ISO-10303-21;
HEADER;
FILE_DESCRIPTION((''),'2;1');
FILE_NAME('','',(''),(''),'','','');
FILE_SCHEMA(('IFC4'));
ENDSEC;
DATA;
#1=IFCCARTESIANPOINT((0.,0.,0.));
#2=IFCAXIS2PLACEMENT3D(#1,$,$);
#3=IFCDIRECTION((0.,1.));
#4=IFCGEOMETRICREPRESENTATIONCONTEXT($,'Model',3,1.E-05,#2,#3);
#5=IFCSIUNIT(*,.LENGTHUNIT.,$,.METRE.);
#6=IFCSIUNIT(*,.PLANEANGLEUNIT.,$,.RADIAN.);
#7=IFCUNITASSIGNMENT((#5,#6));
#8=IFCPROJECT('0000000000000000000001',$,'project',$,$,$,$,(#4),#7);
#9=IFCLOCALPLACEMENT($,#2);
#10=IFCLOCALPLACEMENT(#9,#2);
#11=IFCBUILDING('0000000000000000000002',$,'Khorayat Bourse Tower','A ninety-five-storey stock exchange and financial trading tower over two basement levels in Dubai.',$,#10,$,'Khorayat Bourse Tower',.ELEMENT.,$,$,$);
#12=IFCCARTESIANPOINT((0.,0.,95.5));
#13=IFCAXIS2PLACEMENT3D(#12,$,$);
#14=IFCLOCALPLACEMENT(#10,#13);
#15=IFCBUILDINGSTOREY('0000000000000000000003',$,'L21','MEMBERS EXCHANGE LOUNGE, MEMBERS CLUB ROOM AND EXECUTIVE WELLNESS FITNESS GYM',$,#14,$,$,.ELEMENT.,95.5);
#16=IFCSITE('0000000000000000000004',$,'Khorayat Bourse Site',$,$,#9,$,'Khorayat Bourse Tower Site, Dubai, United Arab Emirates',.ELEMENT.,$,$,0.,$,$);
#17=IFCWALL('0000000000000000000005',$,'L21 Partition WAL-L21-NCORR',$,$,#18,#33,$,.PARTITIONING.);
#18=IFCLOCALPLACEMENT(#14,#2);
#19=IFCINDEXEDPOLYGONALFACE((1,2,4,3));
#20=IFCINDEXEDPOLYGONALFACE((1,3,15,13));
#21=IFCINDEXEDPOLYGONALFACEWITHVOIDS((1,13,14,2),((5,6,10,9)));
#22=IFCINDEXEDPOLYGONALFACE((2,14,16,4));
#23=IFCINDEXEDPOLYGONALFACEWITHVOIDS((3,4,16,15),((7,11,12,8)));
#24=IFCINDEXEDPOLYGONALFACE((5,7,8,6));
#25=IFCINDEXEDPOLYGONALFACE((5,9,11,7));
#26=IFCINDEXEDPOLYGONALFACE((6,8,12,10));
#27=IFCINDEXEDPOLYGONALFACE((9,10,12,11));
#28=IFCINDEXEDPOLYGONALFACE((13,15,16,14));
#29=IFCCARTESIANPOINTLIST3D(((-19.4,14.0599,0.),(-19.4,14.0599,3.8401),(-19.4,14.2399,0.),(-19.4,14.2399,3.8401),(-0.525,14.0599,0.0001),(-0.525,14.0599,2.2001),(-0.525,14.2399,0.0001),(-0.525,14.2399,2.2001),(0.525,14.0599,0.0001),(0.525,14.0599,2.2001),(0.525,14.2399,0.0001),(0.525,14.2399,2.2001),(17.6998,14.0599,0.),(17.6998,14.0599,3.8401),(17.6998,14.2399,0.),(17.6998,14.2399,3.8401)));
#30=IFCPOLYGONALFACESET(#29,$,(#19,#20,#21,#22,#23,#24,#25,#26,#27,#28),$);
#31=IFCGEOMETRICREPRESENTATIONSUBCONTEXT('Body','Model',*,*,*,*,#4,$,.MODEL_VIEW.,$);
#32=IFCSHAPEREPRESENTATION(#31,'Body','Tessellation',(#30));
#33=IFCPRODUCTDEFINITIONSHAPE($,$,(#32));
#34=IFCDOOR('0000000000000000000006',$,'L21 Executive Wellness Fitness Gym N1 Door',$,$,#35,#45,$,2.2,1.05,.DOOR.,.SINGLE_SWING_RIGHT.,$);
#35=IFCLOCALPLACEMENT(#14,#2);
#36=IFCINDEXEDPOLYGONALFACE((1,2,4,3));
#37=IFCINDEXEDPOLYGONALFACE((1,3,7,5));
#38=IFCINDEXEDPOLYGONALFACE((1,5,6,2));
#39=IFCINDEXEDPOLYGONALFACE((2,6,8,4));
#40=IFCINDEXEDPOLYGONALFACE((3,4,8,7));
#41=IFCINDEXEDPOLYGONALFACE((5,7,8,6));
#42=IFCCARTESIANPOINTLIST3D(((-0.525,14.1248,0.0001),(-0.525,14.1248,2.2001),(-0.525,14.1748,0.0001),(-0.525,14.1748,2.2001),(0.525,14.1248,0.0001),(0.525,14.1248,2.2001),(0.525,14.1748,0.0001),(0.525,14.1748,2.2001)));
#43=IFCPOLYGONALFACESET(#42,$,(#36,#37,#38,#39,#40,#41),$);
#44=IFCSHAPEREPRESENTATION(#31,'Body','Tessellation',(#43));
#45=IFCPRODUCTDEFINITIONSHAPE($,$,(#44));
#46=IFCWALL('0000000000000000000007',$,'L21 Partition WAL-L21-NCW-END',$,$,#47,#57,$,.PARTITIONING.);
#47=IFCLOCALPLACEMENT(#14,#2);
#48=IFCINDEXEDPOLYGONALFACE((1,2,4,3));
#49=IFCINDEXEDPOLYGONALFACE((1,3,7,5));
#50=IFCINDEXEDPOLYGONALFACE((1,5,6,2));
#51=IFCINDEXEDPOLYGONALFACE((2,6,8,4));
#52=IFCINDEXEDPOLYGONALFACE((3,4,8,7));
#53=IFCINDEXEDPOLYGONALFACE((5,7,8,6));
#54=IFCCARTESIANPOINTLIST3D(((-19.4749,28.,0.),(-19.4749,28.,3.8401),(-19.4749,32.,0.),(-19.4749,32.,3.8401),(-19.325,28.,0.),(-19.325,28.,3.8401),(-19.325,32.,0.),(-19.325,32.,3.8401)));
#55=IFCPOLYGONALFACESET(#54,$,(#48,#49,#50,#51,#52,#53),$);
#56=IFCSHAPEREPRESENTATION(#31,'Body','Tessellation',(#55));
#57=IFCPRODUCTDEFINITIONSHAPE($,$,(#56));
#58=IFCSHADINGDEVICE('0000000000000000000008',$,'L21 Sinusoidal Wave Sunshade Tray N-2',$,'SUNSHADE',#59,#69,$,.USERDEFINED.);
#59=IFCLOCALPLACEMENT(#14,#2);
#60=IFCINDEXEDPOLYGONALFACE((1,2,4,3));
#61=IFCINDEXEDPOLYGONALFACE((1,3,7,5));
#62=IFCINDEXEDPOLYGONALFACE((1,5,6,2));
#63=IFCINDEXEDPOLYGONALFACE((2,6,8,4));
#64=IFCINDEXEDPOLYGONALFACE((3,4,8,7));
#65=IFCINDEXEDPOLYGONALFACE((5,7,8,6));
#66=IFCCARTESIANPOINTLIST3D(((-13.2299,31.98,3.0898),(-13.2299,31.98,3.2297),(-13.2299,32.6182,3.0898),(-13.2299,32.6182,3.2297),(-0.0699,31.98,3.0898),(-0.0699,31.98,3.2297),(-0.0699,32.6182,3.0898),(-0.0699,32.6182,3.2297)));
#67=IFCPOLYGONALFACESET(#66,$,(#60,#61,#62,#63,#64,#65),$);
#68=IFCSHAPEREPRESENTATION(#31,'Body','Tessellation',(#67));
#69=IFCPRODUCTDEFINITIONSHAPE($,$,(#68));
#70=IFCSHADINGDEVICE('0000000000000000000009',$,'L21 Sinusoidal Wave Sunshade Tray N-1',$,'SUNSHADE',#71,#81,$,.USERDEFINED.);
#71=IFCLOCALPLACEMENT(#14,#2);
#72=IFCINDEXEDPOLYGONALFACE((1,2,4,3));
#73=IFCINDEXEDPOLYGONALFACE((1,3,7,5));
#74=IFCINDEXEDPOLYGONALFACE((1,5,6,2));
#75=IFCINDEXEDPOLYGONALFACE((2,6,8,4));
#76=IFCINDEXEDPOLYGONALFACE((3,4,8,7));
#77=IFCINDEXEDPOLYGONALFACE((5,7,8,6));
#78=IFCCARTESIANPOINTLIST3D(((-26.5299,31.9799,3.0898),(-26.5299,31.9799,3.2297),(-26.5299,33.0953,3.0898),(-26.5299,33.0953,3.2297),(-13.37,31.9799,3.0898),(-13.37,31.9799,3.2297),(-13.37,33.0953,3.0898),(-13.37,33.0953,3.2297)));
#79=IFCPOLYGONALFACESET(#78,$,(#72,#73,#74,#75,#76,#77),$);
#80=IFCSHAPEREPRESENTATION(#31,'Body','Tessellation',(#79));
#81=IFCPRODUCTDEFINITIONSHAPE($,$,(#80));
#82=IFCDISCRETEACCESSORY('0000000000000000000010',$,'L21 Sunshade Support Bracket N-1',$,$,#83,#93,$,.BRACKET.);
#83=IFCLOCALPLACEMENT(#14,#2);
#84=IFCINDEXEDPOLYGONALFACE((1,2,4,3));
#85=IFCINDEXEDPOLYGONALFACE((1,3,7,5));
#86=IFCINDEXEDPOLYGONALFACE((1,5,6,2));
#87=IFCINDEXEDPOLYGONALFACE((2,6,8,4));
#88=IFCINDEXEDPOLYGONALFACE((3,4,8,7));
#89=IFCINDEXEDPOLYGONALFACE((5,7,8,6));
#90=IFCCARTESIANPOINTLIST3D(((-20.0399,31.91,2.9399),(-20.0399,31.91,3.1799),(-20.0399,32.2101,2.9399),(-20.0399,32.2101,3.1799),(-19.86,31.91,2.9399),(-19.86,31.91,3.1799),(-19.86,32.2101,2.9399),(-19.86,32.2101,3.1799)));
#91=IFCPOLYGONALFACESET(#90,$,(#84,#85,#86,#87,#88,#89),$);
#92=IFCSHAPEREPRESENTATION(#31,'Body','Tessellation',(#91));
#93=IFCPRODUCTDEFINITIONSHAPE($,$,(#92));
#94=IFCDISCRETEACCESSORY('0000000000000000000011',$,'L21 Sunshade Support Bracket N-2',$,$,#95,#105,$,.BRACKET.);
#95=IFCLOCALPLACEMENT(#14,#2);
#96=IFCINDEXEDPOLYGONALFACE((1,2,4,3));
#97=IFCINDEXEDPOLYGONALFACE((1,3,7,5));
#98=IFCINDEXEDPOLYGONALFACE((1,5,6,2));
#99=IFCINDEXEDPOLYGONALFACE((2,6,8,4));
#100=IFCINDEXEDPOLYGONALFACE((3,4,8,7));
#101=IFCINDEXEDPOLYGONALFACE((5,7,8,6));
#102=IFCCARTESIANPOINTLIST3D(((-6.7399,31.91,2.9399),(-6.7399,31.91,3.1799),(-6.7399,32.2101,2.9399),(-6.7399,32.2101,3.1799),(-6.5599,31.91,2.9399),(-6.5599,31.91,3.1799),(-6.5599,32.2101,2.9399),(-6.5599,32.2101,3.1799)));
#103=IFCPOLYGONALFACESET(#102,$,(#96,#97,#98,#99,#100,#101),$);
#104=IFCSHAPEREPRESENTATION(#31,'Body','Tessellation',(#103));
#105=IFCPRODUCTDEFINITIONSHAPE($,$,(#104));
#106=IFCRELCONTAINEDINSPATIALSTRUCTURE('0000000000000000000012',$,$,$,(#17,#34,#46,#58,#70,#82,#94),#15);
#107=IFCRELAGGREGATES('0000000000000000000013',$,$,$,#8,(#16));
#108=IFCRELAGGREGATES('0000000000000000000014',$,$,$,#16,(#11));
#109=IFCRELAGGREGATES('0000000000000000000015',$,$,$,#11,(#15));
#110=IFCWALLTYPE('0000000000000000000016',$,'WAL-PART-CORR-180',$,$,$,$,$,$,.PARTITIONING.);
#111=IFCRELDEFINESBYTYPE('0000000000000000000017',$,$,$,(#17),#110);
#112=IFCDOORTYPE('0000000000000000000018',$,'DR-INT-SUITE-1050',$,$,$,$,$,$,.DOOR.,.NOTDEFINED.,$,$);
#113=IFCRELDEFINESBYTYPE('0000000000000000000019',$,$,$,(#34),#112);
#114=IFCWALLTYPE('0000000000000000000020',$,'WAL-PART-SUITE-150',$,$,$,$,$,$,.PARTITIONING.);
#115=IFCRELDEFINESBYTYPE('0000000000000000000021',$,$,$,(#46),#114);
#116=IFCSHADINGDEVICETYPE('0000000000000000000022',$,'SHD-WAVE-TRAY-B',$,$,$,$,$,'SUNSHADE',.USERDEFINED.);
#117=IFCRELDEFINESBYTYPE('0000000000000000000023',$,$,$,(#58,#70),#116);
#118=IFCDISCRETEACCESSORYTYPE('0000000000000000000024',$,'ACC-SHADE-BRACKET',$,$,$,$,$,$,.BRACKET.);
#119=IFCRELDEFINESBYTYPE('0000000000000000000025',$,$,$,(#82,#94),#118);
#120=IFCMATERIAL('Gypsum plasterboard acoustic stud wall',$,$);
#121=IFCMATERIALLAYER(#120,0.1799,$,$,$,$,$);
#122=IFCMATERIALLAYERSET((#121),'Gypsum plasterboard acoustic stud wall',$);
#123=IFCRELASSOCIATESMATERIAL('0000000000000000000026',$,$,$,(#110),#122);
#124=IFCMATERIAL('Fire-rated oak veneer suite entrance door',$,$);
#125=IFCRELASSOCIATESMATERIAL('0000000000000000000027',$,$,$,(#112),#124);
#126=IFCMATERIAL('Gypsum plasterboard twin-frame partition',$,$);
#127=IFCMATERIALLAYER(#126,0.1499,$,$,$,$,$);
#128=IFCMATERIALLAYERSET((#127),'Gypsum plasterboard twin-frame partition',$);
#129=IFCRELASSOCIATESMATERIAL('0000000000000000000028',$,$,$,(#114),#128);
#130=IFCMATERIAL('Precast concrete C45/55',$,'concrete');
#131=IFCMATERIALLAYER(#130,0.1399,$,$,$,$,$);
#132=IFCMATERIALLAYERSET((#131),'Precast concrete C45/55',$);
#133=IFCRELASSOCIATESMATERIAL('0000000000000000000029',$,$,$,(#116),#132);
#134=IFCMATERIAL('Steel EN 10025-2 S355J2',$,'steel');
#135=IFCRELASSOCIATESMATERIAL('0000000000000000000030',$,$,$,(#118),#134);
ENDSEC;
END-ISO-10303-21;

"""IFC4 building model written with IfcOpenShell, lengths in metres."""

from ifc_helpers import new_model, si_unit, direction, frame, frame_2d, origin, origin_2d, place, context, subcontext, project, spatial, rectangle, extrude, source, transform, mapped, material, layer, layer_set, type_object, element, fill, save


model = new_model("IFC4")

# Units and contexts
model_context = context("Model", 3, precision=1e-05, world=origin(), true_north=direction((0.0, 1.0)))
body_context = subcontext(model_context, "Body", "Model", "MODEL_VIEW")
ifc_project = project(units=[si_unit("LENGTHUNIT", "METRE"), si_unit("PLANEANGLEUNIT", "RADIAN")], contexts=[model_context])

# Site, building, storey
site_placement = place(None, origin())
site = spatial("IfcSite", under=ifc_project, at=site_placement, Name="Khorayat Bourse Site", LongName="Khorayat Bourse Tower Site, Dubai, United Arab Emirates", CompositionType="ELEMENT", RefElevation=0.0)
building_placement = place(site_placement, origin())
building = spatial("IfcBuilding", under=site, at=building_placement, Name="Khorayat Bourse Tower", Description="A ninety-five-storey stock exchange and financial trading tower over two basement levels in Dubai.", LongName="Khorayat Bourse Tower", CompositionType="ELEMENT")
storey_placement = place(building_placement, frame((0.0, 0.0, 95.5)))
storey = spatial("IfcBuildingStorey", under=building, at=storey_placement, Name="L21", Description="MEMBERS EXCHANGE LOUNGE, MEMBERS CLUB ROOM AND EXECUTIVE WELLNESS FITNESS GYM", CompositionType="ELEMENT", Elevation=95.5)

# Shared definitions
ifc_material_1 = material(Name="Steel EN 10025-2 S355J2", Category="steel")

# Wall, opening, door
ifc_material_2 = material(Name="Gypsum plasterboard acoustic stud wall")
ifc_layer_1 = layer(ifc_material_2, 0.1799)
ifc_layer_set_1 = layer_set([ifc_layer_1], Name="Gypsum plasterboard acoustic stud wall")
wall_type_1 = type_object("IfcWallType", Name="WAL-PART-CORR-180", PredefinedType="PARTITIONING", material=ifc_layer_set_1)
shared_shape_1 = source(origin(), body_context, "Body", "SweptSolid", [
    extrude(rectangle(XDim=37.0999, YDim=0.1799, at=frame_2d((18.5498, 0.0))), origin(), (0.0, 0.0, 1.0), 3.8401),
])
wall_1_placement = place(storey_placement, frame((-19.3999, 14.1499, 0.0), z_axis=(0.0, 0.0, 1.0), x_axis=(1.0, 0.0, 0.0)))
wall_1 = element("IfcWall", 1, at=wall_1_placement, inside=storey, type_object=wall_type_1, Name="L21 Partition WAL-L21-NCORR", PredefinedType="PARTITIONING", context=body_context, shape_type="MappedRepresentation", body=[
    mapped(shared_shape_1, transform((0.0, 0.0, 0.0), scale=1.0)),
])
shared_shape_2 = source(origin(), body_context, "Body", "SweptSolid", [
    extrude(rectangle(XDim=1.05, YDim=2.2, at=frame_2d((0.5249, 1.1001))), frame((0.0, 0.0999, 0.0), z_axis=(0.0, -1.0, 0.0), x_axis=(1.0, 0.0, 0.0)), (0.0, 0.0, 1.0), 0.2),
])
opening_1_placement = place(wall_1_placement, frame((18.875, 0.0, 0.0)))
opening_1 = element("IfcOpeningElement", 2, at=opening_1_placement, cuts=wall_1, PredefinedType="OPENING", context=body_context, shape_type="MappedRepresentation", body=[
    mapped(shared_shape_2, transform((0.0, 0.0, 0.0), scale=1.0)),
])
ifc_material_3 = material(Name="Fire-rated oak veneer suite entrance door")
door_type_1 = type_object("IfcDoorType", Name="DR-INT-SUITE-1050", OperationType="NOTDEFINED", PredefinedType="DOOR", material=ifc_material_3)
shared_shape_3 = source(origin(), body_context, "Body", "SweptSolid", [
    extrude(rectangle(XDim=1.05, YDim=2.2, at=frame_2d((0.5249, 1.1001))), frame((0.0, 0.0249, 0.0), z_axis=(0.0, -1.0, 0.0), x_axis=(1.0, 0.0, 0.0)), (0.0, 0.0, 1.0), 0.05),
])
door_1_placement = place(opening_1_placement, origin())
door_1 = element("IfcDoor", 3, at=door_1_placement, inside=storey, type_object=door_type_1, Name="L21 Executive Wellness Fitness Gym N1 Door", OperationType="SINGLE_SWING_RIGHT", OverallHeight=2.2, OverallWidth=1.05, PredefinedType="DOOR", context=body_context, shape_type="MappedRepresentation", body=[
    mapped(shared_shape_3, transform((0.0, 0.0, 0.0), scale=1.0)),
])
fill(opening_1, door_1)

# Wall
ifc_material_4 = material(Name="Gypsum plasterboard twin-frame partition")
ifc_layer_2 = layer(ifc_material_4, 0.1499)
ifc_layer_set_2 = layer_set([ifc_layer_2], Name="Gypsum plasterboard twin-frame partition")
wall_type_2 = type_object("IfcWallType", Name="WAL-PART-SUITE-150", PredefinedType="PARTITIONING", material=ifc_layer_set_2)
shared_shape_4 = source(origin(), body_context, "Body", "SweptSolid", [
    extrude(rectangle(XDim=4.0, YDim=0.1499, at=frame_2d((2.0, 0.0))), origin(), (0.0, 0.0, 1.0), 3.8401),
])
wall_2_placement = place(storey_placement, frame((-19.3999, 28.0, 0.0), z_axis=(0.0, 0.0, 1.0), x_axis=(0.0, 1.0, 0.0)))
element("IfcWall", 4, at=wall_2_placement, inside=storey, type_object=wall_type_2, Name="L21 Partition WAL-L21-NCW-END", PredefinedType="PARTITIONING", context=body_context, shape_type="MappedRepresentation", body=[
    mapped(shared_shape_4, transform((0.0, 0.0, 0.0), scale=1.0)),
])

# Shading devices
ifc_material_5 = material(Name="Precast concrete C45/55", Category="concrete")
ifc_layer_3 = layer(ifc_material_5, 0.1399)
ifc_layer_set_3 = layer_set([ifc_layer_3], Name="Precast concrete C45/55")
shading_device_type = type_object("IfcShadingDeviceType", Name="SHD-WAVE-TRAY-B", ElementType="SUNSHADE", PredefinedType="USERDEFINED", material=ifc_layer_set_3)
shared_shape_5 = source(origin(), body_context, "Body", "SweptSolid", [
    extrude(rectangle(XDim=13.1599, YDim=0.6382, at=origin_2d()), origin(), (0.0, 0.0, 1.0), 0.1399),
])
shading_device_1_placement = place(storey_placement, frame((-6.6499, 32.2991, 3.0898), z_axis=(0.0, 0.0, 1.0), x_axis=(1.0, 0.0, 0.0)))
element("IfcShadingDevice", 5, at=shading_device_1_placement, inside=storey, type_object=shading_device_type, Name="L21 Sinusoidal Wave Sunshade Tray N-2", ObjectType="SUNSHADE", PredefinedType="USERDEFINED", context=body_context, shape_type="MappedRepresentation", body=[
    mapped(shared_shape_5, transform((0.0, 0.0, 0.0), scale=1.0)),
])
shared_shape_6 = source(origin(), body_context, "Body", "SweptSolid", [
    extrude(rectangle(XDim=13.1599, YDim=1.1155, at=origin_2d()), origin(), (0.0, 0.0, 1.0), 0.1399),
])
shading_device_2_placement = place(storey_placement, frame((-19.95, 32.5376, 3.0898), z_axis=(0.0, 0.0, 1.0), x_axis=(1.0, 0.0, 0.0)))
element("IfcShadingDevice", 6, at=shading_device_2_placement, inside=storey, type_object=shading_device_type, Name="L21 Sinusoidal Wave Sunshade Tray N-1", ObjectType="SUNSHADE", PredefinedType="USERDEFINED", context=body_context, shape_type="MappedRepresentation", body=[
    mapped(shared_shape_6, transform((0.0, 0.0, 0.0), scale=1.0)),
])

# Discrete accessories
discrete_accessory_type = type_object("IfcDiscreteAccessoryType", Name="ACC-SHADE-BRACKET", PredefinedType="BRACKET", material=ifc_material_1)
shared_shape_7 = source(origin(), body_context, "Body", "SweptSolid", [
    extrude(rectangle(XDim=0.1799, YDim=0.3, at=origin_2d()), origin(), (0.0, 0.0, 1.0), 0.24),
])
for number, where, z_axis, x_axis, name in (
    (7, (-19.95, 32.0601, 2.9399), (0.0, 0.0, 1.0), (1.0, 0.0, 0.0), "L21 Sunshade Support Bracket N-1"),
    (8, (-6.6499, 32.0601, 2.9399), (0.0, 0.0, 1.0), (1.0, 0.0, 0.0), "L21 Sunshade Support Bracket N-2"),
):
    element("IfcDiscreteAccessory", number, at=place(storey_placement, frame(where, z_axis=z_axis, x_axis=x_axis)), inside=storey, type_object=discrete_accessory_type, Name=name, PredefinedType="BRACKET", context=body_context, shape_type="MappedRepresentation", body=[
        mapped(shared_shape_7, transform((0.0, 0.0, 0.0), scale=1.0)),
    ])

save(model, "model.ifc")
